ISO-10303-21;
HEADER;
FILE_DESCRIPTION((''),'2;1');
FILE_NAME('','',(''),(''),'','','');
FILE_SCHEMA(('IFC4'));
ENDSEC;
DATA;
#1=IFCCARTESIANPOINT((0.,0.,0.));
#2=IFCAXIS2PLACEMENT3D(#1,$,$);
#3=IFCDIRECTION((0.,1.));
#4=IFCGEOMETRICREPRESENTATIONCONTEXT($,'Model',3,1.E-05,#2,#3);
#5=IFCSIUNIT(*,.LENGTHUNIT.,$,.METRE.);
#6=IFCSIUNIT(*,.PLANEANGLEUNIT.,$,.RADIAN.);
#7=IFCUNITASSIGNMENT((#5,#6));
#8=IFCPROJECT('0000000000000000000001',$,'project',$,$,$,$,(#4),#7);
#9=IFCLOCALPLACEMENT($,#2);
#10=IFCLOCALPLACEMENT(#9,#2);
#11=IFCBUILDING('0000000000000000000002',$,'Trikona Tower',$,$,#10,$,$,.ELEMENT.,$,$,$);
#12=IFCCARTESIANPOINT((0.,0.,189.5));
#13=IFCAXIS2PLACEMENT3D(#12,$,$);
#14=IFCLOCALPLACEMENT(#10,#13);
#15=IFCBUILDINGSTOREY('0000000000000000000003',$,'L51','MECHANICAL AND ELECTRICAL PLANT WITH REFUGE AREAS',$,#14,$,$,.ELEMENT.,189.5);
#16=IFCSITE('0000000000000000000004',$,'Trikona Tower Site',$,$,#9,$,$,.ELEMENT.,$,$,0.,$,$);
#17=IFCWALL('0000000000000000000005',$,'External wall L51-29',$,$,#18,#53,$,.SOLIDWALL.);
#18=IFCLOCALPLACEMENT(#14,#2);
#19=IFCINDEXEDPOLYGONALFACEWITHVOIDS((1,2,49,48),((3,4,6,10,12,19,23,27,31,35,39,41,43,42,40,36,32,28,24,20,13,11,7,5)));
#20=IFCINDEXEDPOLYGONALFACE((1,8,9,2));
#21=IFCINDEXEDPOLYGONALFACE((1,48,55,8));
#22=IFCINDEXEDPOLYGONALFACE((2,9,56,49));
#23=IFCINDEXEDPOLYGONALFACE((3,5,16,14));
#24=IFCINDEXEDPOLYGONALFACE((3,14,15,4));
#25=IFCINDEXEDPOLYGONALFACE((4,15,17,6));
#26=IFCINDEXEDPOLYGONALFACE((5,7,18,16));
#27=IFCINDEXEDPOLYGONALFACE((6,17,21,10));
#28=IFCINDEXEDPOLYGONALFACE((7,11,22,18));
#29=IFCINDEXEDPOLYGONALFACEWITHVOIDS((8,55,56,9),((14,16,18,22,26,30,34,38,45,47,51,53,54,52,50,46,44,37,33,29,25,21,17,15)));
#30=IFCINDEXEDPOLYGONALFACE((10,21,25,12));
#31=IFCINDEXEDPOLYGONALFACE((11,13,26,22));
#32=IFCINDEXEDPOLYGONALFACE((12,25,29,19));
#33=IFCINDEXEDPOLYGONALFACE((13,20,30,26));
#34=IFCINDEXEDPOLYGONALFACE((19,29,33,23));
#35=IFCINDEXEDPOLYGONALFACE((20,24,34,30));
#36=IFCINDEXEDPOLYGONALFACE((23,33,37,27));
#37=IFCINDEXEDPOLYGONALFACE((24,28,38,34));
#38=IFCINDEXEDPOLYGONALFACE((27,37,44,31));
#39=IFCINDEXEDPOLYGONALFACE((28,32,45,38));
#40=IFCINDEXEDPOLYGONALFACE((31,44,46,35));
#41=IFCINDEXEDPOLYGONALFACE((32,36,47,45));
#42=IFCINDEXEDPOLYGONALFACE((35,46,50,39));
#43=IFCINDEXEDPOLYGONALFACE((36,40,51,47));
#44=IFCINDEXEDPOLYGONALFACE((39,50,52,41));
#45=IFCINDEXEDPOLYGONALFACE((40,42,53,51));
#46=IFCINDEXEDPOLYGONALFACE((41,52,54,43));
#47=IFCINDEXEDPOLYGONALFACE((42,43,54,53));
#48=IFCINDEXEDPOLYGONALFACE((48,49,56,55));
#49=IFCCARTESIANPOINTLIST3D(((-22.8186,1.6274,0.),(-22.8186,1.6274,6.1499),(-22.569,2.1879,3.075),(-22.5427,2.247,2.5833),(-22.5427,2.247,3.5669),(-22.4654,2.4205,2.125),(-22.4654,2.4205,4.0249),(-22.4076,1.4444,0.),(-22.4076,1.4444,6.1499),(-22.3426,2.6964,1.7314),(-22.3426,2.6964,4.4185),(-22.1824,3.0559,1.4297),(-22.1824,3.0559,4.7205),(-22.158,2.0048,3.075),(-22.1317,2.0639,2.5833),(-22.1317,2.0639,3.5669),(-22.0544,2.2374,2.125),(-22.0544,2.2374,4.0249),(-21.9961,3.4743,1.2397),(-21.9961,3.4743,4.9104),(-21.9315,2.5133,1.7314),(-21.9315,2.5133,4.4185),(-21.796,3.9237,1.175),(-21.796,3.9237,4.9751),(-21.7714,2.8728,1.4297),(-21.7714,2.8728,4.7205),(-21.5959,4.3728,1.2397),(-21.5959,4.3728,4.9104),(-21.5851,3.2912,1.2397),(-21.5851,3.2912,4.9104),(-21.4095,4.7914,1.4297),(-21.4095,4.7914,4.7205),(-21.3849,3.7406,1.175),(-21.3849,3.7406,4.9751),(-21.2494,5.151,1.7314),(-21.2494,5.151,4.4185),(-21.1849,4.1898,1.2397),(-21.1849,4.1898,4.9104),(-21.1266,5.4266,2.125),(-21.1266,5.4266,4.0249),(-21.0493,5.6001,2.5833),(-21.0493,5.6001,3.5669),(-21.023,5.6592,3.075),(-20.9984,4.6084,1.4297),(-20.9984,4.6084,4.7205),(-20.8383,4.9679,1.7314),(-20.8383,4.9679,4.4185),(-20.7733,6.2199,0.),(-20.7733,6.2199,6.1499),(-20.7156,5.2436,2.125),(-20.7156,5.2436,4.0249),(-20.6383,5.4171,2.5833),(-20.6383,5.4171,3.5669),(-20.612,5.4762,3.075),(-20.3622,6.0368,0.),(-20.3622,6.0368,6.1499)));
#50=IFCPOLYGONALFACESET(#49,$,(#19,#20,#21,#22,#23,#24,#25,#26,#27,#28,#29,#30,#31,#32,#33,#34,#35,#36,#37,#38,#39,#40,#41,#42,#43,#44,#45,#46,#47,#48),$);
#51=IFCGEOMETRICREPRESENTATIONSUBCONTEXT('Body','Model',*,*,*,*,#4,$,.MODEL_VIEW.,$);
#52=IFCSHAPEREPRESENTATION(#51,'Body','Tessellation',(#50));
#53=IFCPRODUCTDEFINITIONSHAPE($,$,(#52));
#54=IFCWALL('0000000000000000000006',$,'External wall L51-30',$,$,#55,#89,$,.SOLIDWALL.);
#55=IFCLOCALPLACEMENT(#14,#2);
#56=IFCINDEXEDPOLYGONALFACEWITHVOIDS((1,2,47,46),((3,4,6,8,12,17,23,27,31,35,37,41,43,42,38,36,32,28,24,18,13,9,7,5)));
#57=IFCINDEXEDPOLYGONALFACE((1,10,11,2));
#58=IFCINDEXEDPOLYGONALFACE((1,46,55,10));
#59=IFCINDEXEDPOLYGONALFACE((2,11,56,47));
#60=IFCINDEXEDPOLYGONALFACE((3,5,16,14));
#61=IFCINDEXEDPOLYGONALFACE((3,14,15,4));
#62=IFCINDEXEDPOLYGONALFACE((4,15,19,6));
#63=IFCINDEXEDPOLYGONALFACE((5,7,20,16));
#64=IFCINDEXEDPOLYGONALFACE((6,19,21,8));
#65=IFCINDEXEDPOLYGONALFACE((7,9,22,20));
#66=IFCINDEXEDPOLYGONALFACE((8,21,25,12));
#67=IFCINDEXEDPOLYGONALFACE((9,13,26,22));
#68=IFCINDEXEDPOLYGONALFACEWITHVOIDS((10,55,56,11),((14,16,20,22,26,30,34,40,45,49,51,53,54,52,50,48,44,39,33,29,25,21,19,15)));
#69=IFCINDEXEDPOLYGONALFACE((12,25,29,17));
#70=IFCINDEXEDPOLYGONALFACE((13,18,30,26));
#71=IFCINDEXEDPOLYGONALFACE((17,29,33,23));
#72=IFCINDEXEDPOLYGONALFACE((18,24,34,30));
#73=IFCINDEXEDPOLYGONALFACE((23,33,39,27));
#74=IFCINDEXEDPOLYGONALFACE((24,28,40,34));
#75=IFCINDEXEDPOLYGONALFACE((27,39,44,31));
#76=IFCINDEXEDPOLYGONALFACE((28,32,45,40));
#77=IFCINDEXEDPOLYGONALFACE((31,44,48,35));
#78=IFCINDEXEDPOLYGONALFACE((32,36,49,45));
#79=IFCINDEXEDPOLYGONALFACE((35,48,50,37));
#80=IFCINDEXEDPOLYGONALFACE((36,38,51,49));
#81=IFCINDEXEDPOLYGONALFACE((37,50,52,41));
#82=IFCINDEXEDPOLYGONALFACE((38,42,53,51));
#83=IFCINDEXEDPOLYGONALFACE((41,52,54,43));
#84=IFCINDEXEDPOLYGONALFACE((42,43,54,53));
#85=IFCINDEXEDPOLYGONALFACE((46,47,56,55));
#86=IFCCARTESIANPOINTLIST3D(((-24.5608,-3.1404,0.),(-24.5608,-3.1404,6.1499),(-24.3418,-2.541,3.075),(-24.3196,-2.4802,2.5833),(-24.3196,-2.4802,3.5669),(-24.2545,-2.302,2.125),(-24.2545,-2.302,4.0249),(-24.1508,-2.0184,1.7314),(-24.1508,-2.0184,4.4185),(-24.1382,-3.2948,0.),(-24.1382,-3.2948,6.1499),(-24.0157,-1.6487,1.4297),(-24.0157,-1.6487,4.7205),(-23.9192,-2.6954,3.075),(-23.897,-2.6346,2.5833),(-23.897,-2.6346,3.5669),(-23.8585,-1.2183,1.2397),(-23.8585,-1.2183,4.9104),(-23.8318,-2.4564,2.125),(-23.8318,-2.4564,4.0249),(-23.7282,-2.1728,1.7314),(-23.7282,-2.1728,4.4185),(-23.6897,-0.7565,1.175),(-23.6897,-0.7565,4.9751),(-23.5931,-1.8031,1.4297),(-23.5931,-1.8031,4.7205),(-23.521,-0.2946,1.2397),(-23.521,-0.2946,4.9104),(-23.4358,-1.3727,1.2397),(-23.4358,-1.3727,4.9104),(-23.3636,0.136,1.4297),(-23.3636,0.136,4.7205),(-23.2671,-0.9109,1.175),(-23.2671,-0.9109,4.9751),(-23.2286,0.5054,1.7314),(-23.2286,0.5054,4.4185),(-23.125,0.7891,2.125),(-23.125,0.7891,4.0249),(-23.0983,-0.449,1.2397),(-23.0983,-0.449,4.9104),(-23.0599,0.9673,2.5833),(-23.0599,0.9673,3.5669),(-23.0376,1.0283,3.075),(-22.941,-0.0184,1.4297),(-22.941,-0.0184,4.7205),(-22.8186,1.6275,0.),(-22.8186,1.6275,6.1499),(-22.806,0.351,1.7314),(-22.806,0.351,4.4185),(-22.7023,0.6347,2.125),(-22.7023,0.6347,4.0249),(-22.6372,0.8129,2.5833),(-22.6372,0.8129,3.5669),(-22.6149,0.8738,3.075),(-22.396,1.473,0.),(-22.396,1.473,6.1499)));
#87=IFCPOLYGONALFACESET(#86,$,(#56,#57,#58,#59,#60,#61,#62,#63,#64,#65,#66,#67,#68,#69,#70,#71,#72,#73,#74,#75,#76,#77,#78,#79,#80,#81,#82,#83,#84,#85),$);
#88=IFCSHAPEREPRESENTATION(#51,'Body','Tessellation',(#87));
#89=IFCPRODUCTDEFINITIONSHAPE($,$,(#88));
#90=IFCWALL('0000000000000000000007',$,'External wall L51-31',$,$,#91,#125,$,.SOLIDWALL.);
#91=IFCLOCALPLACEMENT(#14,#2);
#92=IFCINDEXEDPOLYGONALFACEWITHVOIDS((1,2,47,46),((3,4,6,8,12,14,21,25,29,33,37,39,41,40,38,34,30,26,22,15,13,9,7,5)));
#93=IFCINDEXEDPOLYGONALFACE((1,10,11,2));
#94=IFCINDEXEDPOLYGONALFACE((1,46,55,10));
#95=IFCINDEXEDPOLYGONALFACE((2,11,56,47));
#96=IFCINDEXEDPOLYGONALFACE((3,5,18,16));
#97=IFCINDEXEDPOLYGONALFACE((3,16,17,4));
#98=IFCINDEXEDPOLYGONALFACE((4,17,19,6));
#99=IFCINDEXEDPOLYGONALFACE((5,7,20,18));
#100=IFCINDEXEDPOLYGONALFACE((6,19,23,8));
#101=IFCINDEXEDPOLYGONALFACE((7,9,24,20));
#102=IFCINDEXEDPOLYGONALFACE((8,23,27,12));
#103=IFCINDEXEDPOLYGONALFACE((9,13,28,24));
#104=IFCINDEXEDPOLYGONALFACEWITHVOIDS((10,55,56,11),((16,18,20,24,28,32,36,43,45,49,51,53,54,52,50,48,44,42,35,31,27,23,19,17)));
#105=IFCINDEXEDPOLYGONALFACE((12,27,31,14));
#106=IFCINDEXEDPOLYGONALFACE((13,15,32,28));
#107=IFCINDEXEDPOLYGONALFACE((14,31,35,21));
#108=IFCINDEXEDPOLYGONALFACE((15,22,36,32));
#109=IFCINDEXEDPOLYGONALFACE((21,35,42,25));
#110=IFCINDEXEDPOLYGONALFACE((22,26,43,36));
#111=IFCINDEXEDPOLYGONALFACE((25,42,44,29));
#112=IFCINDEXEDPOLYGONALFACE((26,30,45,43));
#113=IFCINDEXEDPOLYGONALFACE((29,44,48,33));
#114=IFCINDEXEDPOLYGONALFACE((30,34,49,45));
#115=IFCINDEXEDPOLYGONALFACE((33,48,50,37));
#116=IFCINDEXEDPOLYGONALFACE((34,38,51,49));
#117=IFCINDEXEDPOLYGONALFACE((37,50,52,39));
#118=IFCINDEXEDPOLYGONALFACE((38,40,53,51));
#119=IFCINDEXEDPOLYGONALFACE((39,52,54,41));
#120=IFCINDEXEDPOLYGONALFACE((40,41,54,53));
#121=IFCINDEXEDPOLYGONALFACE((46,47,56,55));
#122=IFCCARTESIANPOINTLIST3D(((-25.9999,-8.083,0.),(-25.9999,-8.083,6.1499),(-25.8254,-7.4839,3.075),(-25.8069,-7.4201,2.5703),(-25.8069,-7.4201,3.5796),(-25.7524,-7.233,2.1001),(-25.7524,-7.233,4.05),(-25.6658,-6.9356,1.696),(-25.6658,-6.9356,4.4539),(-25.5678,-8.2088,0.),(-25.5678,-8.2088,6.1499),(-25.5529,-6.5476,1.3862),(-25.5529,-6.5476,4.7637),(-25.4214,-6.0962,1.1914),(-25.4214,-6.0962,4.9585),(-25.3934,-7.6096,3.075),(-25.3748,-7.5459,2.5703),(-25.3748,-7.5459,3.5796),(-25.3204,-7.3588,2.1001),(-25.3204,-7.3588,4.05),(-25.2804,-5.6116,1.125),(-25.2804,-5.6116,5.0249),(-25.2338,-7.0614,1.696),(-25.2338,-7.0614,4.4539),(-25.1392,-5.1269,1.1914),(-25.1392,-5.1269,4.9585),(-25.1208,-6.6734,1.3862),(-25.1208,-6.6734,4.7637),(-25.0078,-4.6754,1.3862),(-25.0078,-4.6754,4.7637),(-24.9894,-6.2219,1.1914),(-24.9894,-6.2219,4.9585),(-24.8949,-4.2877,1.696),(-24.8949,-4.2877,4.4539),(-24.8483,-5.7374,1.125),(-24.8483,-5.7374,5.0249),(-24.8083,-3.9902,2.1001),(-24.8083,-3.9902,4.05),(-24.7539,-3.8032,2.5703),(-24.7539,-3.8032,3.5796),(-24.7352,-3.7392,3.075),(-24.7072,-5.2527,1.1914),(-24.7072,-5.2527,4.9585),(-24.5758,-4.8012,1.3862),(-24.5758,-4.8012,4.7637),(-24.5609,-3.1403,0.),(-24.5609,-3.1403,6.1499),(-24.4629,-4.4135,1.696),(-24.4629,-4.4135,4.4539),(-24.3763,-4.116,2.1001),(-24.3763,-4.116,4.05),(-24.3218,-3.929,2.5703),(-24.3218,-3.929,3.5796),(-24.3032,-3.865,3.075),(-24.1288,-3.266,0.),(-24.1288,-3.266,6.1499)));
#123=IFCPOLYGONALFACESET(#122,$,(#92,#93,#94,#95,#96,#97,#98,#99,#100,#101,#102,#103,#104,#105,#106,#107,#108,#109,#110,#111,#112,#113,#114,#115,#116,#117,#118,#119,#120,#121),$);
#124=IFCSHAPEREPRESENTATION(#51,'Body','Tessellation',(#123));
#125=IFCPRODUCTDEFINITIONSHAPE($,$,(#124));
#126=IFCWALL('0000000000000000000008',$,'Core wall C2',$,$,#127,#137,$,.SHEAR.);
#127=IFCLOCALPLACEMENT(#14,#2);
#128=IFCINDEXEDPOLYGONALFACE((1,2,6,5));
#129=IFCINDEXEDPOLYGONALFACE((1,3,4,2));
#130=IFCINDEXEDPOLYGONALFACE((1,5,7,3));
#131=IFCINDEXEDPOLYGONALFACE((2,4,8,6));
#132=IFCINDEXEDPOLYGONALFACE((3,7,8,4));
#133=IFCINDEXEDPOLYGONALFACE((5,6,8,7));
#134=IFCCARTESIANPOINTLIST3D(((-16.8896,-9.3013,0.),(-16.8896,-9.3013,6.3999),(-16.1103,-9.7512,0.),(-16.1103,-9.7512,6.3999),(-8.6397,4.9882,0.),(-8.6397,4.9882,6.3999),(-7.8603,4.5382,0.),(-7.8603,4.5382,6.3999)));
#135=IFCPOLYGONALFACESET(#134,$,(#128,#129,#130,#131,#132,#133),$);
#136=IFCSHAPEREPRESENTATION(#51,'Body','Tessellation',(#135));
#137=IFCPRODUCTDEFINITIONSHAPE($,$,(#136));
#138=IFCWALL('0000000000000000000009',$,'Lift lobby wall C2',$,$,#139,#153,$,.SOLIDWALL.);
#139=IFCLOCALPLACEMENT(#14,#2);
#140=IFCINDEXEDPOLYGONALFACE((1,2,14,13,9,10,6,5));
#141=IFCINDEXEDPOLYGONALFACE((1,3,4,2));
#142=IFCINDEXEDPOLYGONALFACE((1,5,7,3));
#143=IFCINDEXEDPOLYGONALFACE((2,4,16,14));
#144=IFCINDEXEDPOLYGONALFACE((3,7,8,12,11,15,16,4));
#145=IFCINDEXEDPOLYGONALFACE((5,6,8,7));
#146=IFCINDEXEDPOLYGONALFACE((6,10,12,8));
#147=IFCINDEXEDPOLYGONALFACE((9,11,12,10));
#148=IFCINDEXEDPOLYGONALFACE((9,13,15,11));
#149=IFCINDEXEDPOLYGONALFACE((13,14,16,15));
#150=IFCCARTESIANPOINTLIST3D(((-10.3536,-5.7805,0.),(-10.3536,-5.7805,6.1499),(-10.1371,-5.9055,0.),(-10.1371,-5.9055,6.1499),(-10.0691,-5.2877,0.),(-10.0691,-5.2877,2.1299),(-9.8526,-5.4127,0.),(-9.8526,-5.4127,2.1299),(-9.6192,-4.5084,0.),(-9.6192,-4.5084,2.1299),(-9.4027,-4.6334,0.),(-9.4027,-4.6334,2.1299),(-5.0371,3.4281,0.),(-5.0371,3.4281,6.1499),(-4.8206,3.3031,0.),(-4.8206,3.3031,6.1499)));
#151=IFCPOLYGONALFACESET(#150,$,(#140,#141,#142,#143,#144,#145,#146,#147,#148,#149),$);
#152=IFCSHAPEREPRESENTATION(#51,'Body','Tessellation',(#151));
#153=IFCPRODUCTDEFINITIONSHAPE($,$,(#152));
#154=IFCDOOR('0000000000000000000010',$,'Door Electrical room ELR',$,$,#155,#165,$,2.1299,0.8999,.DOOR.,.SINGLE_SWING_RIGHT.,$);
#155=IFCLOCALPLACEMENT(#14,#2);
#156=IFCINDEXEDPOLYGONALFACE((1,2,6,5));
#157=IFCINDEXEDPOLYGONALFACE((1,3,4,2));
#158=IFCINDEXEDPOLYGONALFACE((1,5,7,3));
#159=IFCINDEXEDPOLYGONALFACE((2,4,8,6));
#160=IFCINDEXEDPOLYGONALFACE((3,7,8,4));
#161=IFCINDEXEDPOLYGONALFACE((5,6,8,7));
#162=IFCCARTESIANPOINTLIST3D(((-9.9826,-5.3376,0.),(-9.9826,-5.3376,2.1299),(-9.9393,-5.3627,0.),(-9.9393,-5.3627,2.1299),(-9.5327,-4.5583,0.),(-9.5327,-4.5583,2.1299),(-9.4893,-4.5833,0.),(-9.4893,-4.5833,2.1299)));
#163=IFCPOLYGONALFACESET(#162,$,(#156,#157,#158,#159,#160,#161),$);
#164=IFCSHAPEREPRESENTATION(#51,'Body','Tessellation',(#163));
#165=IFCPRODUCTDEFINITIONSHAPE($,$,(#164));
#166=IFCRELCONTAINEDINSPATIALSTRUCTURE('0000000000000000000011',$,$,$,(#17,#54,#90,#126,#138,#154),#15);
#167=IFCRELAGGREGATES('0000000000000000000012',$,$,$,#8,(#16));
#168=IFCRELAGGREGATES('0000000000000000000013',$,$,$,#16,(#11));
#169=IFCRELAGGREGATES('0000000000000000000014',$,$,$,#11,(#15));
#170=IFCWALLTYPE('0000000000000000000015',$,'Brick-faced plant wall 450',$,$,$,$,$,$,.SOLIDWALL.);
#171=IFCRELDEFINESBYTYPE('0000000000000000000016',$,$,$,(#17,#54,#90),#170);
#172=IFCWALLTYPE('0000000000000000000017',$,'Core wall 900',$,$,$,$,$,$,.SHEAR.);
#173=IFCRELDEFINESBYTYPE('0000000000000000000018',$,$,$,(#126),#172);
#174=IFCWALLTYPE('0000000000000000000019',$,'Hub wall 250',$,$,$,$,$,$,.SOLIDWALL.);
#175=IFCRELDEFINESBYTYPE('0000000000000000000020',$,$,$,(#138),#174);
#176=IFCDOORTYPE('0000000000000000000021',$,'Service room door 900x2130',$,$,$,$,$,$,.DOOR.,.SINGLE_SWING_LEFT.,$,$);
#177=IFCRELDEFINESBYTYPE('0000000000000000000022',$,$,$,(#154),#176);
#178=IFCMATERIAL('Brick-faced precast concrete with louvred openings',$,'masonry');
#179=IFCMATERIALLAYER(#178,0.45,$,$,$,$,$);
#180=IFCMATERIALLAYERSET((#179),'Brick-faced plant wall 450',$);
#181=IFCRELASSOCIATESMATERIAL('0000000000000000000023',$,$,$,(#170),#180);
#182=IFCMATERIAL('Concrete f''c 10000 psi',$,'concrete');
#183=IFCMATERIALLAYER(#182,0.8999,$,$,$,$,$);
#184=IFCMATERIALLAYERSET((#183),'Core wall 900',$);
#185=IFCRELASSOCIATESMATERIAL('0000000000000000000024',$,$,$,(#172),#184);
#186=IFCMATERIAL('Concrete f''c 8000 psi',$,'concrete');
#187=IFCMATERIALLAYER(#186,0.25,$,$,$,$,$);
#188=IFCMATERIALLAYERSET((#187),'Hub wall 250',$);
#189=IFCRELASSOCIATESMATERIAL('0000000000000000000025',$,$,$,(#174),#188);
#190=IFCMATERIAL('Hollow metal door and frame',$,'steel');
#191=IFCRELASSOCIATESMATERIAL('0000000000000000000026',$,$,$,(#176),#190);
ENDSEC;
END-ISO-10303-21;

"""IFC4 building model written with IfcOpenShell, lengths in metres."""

from ifc_helpers import new_model, si_unit, direction, frame, frame_2d, origin, place, context, subcontext, project, spatial, polyline, rectangle, outline, extrude, material, layer, layer_set, type_object, element, fill, save


model = new_model("IFC4")

# Units and contexts
model_context = context("Model", 3, precision=1e-05, world=origin(), true_north=direction((0.0, 1.0)))
body_context = subcontext(model_context, "Body", "Model", "MODEL_VIEW")
ifc_project = project(units=[si_unit("LENGTHUNIT", "METRE"), si_unit("PLANEANGLEUNIT", "RADIAN")], contexts=[model_context])

# Site, building, storey
site_placement = place(None, origin())
site = spatial("IfcSite", under=ifc_project, at=site_placement, Name="Trikona Tower Site", CompositionType="ELEMENT", RefElevation=0.0)
building_placement = place(site_placement, origin())
building = spatial("IfcBuilding", under=site, at=building_placement, Name="Trikona Tower", CompositionType="ELEMENT")
storey_placement = place(building_placement, frame((0.0, 0.0, 189.5)))
storey = spatial("IfcBuildingStorey", under=building, at=storey_placement, Name="L51", Description="MECHANICAL AND ELECTRICAL PLANT WITH REFUGE AREAS", CompositionType="ELEMENT", Elevation=189.5)

# Walls
ifc_material_1 = material(Name="Brick-faced precast concrete with louvred openings", Category="masonry")
ifc_layer_1 = layer(ifc_material_1, 0.45)
ifc_layer_set_1 = layer_set([ifc_layer_1], Name="Brick-faced plant wall 450")
wall_type_1 = type_object("IfcWallType", Name="Brick-faced plant wall 450", PredefinedType="SOLIDWALL", material=ifc_layer_set_1)
wall_1_placement = place(storey_placement, frame((-20.5679, 6.1284, 0.0), z_axis=(0.0, 0.0, 1.0), x_axis=(-0.40685, -0.913495, 0.0)))
element("IfcWall", 1, at=wall_1_placement, inside=storey, type_object=wall_type_1, Name="External wall L51-29", PredefinedType="SOLIDWALL", context=body_context, shape_type="SweptSolid", body=[
    extrude(outline(polyline([(0.0, 0.0), (5.0273, 0.0), (5.0273, 6.1499), (0.0, 6.1499), (0.0, 0.0)]), holes=[polyline([(4.4138, 3.075), (4.3491, 3.5669), (4.1592, 4.0249), (3.8572, 4.4185), (3.4636, 4.7205), (3.0056, 4.9104), (2.5137, 4.9751), (2.022, 4.9104), (1.5637, 4.7205), (1.1702, 4.4185), (0.8684, 4.0249), (0.6785, 3.5669), (0.6138, 3.075), (0.6785, 2.5833), (0.8684, 2.125), (1.1702, 1.7314), (1.5637, 1.4297), (2.022, 1.2397), (2.5137, 1.175), (3.0056, 1.2397), (3.4636, 1.4297), (3.8572, 1.7314), (4.1592, 2.125), (4.3491, 2.5833), (4.4138, 3.075)])]), frame((0.0, 0.2251, 0.0), z_axis=(0.0, -1.0, 0.0), x_axis=(1.0, 0.0, 0.0)), (0.0, 0.0, 1.0), 0.45),
])
wall_2_placement = place(storey_placement, frame((-22.6074, 1.5503, 0.0), z_axis=(0.0, 0.0, 1.0), x_axis=(-0.34321, -0.939259, 0.0)))
element("IfcWall", 2, at=wall_2_placement, inside=storey, type_object=wall_type_1, Name="External wall L51-30", PredefinedType="SOLIDWALL", context=body_context, shape_type="SweptSolid", body=[
    extrude(outline(polyline([(0.0, 0.0), (5.0762, 0.0), (5.0762, 6.1499), (0.0, 6.1499), (0.0, 0.0)]), holes=[polyline([(4.438, 3.075), (4.3733, 3.5669), (4.1836, 4.0249), (3.8816, 4.4185), (3.488, 4.7205), (3.0298, 4.9104), (2.5381, 4.9751), (2.0464, 4.9104), (1.5879, 4.7205), (1.1946, 4.4185), (0.8926, 4.0249), (0.7029, 3.5669), (0.6379, 3.075), (0.7029, 2.5833), (0.8926, 2.125), (1.1946, 1.7314), (1.5879, 1.4297), (2.0464, 1.2397), (2.5381, 1.175), (3.0298, 1.2397), (3.488, 1.4297), (3.8816, 1.7314), (4.1836, 2.125), (4.3733, 2.5833), (4.438, 3.075)])]), frame((0.0, 0.2251, 0.0), z_axis=(0.0, -1.0, 0.0), x_axis=(1.0, 0.0, 0.0)), (0.0, 0.0, 1.0), 0.45),
])
wall_3_placement = place(storey_placement, frame((-24.345, -3.2031, 0.0), z_axis=(0.0, 0.0, 1.0), x_axis=(-0.279528, -0.960137, 0.0)))
element("IfcWall", 3, at=wall_3_placement, inside=storey, type_object=wall_type_1, Name="External wall L51-31", PredefinedType="SOLIDWALL", context=body_context, shape_type="SweptSolid", body=[
    extrude(outline(polyline([(0.0, 0.0), (5.1479, 0.0), (5.1479, 6.1499), (0.0, 6.1499), (0.0, 0.0)]), holes=[polyline([(4.5239, 3.075), (4.4575, 3.5796), (4.2627, 4.05), (3.9529, 4.4539), (3.5488, 4.7637), (3.0786, 4.9585), (2.574, 5.0249), (2.0691, 4.9585), (1.5989, 4.7637), (1.1951, 4.4539), (0.8853, 4.05), (0.6904, 3.5796), (0.6238, 3.075), (0.6904, 2.5703), (0.8853, 2.1001), (1.1951, 1.696), (1.5989, 1.3862), (2.0691, 1.1914), (2.574, 1.125), (3.0786, 1.1914), (3.5488, 1.3862), (3.9529, 1.696), (4.2627, 2.1001), (4.4575, 2.5703), (4.5239, 3.075)])]), frame((0.0, 0.2251, 0.0), z_axis=(0.0, -1.0, 0.0), x_axis=(1.0, 0.0, 0.0)), (0.0, 0.0, 1.0), 0.45),
])
ifc_material_2 = material(Name="Concrete f'c 10000 psi", Category="concrete")
ifc_layer_2 = layer(ifc_material_2, 0.8999)
ifc_layer_set_2 = layer_set([ifc_layer_2], Name="Core wall 900")
wall_type_2 = type_object("IfcWallType", Name="Core wall 900", PredefinedType="SHEAR", material=ifc_layer_set_2)
wall_4_placement = place(storey_placement, frame((-8.25, 4.7632, 0.0), z_axis=(0.0, 0.0, 1.0), x_axis=(-0.499997, -0.866027, 0.0)))
element("IfcWall", 4, at=wall_4_placement, inside=storey, type_object=wall_type_2, Name="Core wall C2", PredefinedType="SHEAR", context=body_context, shape_type="SweptSolid", body=[
    extrude(rectangle(XDim=16.5, YDim=0.8999, at=frame_2d((8.25, 0.0))), origin(), (0.0, 0.0, 1.0), 6.3999),
])

# Wall, opening, door
ifc_material_3 = material(Name="Concrete f'c 8000 psi", Category="concrete")
ifc_layer_3 = layer(ifc_material_3, 0.25)
ifc_layer_set_3 = layer_set([ifc_layer_3], Name="Hub wall 250")
wall_type_3 = type_object("IfcWallType", Name="Hub wall 250", PredefinedType="SOLIDWALL", material=ifc_layer_set_3)
wall_5_placement = place(storey_placement, frame((-4.929, 3.3655, 0.0), z_axis=(0.0, 0.0, 1.0), x_axis=(-0.499991, -0.86603, 0.0)))
wall_5 = element("IfcWall", 5, at=wall_5_placement, inside=storey, type_object=wall_type_3, Name="Lift lobby wall C2", PredefinedType="SOLIDWALL", context=body_context, shape_type="SweptSolid", body=[
    extrude(rectangle(XDim=10.6331, YDim=0.25, at=frame_2d((5.3164, 0.0))), origin(), (0.0, 0.0, 1.0), 6.1499),
])
opening_placement = place(wall_5_placement, frame((9.1641, 0.0, 0.0)))
opening = element("IfcOpeningElement", 6, at=opening_placement, cuts=wall_5, PredefinedType="OPENING", context=body_context, shape_type="SweptSolid", body=[
    extrude(rectangle(XDim=0.8999, YDim=2.1299, at=frame_2d((0.45, 1.0649))), frame((0.0, 0.135, 0.0), z_axis=(0.0, -1.0, 0.0), x_axis=(1.0, 0.0, 0.0)), (0.0, 0.0, 1.0), 0.27),
])
ifc_material_4 = material(Name="Hollow metal door and frame", Category="steel")
door_type = type_object("IfcDoorType", Name="Service room door 900x2130", OperationType="SINGLE_SWING_LEFT", PredefinedType="DOOR", material=ifc_material_4)
door_placement = place(opening_placement, origin())
door = element("IfcDoor", 7, at=door_placement, inside=storey, type_object=door_type, Name="Door Electrical room ELR", OperationType="SINGLE_SWING_RIGHT", OverallHeight=2.1299, OverallWidth=0.8999, PredefinedType="DOOR", context=body_context, shape_type="SweptSolid", body=[
    extrude(rectangle(XDim=0.8999, YDim=2.1299, at=frame_2d((0.45, 1.0649))), frame((0.0, 0.0249, 0.0), z_axis=(0.0, -1.0, 0.0), x_axis=(1.0, 0.0, 0.0)), (0.0, 0.0, 1.0), 0.05),
])
fill(opening, door)

save(model, "model.ifc")
